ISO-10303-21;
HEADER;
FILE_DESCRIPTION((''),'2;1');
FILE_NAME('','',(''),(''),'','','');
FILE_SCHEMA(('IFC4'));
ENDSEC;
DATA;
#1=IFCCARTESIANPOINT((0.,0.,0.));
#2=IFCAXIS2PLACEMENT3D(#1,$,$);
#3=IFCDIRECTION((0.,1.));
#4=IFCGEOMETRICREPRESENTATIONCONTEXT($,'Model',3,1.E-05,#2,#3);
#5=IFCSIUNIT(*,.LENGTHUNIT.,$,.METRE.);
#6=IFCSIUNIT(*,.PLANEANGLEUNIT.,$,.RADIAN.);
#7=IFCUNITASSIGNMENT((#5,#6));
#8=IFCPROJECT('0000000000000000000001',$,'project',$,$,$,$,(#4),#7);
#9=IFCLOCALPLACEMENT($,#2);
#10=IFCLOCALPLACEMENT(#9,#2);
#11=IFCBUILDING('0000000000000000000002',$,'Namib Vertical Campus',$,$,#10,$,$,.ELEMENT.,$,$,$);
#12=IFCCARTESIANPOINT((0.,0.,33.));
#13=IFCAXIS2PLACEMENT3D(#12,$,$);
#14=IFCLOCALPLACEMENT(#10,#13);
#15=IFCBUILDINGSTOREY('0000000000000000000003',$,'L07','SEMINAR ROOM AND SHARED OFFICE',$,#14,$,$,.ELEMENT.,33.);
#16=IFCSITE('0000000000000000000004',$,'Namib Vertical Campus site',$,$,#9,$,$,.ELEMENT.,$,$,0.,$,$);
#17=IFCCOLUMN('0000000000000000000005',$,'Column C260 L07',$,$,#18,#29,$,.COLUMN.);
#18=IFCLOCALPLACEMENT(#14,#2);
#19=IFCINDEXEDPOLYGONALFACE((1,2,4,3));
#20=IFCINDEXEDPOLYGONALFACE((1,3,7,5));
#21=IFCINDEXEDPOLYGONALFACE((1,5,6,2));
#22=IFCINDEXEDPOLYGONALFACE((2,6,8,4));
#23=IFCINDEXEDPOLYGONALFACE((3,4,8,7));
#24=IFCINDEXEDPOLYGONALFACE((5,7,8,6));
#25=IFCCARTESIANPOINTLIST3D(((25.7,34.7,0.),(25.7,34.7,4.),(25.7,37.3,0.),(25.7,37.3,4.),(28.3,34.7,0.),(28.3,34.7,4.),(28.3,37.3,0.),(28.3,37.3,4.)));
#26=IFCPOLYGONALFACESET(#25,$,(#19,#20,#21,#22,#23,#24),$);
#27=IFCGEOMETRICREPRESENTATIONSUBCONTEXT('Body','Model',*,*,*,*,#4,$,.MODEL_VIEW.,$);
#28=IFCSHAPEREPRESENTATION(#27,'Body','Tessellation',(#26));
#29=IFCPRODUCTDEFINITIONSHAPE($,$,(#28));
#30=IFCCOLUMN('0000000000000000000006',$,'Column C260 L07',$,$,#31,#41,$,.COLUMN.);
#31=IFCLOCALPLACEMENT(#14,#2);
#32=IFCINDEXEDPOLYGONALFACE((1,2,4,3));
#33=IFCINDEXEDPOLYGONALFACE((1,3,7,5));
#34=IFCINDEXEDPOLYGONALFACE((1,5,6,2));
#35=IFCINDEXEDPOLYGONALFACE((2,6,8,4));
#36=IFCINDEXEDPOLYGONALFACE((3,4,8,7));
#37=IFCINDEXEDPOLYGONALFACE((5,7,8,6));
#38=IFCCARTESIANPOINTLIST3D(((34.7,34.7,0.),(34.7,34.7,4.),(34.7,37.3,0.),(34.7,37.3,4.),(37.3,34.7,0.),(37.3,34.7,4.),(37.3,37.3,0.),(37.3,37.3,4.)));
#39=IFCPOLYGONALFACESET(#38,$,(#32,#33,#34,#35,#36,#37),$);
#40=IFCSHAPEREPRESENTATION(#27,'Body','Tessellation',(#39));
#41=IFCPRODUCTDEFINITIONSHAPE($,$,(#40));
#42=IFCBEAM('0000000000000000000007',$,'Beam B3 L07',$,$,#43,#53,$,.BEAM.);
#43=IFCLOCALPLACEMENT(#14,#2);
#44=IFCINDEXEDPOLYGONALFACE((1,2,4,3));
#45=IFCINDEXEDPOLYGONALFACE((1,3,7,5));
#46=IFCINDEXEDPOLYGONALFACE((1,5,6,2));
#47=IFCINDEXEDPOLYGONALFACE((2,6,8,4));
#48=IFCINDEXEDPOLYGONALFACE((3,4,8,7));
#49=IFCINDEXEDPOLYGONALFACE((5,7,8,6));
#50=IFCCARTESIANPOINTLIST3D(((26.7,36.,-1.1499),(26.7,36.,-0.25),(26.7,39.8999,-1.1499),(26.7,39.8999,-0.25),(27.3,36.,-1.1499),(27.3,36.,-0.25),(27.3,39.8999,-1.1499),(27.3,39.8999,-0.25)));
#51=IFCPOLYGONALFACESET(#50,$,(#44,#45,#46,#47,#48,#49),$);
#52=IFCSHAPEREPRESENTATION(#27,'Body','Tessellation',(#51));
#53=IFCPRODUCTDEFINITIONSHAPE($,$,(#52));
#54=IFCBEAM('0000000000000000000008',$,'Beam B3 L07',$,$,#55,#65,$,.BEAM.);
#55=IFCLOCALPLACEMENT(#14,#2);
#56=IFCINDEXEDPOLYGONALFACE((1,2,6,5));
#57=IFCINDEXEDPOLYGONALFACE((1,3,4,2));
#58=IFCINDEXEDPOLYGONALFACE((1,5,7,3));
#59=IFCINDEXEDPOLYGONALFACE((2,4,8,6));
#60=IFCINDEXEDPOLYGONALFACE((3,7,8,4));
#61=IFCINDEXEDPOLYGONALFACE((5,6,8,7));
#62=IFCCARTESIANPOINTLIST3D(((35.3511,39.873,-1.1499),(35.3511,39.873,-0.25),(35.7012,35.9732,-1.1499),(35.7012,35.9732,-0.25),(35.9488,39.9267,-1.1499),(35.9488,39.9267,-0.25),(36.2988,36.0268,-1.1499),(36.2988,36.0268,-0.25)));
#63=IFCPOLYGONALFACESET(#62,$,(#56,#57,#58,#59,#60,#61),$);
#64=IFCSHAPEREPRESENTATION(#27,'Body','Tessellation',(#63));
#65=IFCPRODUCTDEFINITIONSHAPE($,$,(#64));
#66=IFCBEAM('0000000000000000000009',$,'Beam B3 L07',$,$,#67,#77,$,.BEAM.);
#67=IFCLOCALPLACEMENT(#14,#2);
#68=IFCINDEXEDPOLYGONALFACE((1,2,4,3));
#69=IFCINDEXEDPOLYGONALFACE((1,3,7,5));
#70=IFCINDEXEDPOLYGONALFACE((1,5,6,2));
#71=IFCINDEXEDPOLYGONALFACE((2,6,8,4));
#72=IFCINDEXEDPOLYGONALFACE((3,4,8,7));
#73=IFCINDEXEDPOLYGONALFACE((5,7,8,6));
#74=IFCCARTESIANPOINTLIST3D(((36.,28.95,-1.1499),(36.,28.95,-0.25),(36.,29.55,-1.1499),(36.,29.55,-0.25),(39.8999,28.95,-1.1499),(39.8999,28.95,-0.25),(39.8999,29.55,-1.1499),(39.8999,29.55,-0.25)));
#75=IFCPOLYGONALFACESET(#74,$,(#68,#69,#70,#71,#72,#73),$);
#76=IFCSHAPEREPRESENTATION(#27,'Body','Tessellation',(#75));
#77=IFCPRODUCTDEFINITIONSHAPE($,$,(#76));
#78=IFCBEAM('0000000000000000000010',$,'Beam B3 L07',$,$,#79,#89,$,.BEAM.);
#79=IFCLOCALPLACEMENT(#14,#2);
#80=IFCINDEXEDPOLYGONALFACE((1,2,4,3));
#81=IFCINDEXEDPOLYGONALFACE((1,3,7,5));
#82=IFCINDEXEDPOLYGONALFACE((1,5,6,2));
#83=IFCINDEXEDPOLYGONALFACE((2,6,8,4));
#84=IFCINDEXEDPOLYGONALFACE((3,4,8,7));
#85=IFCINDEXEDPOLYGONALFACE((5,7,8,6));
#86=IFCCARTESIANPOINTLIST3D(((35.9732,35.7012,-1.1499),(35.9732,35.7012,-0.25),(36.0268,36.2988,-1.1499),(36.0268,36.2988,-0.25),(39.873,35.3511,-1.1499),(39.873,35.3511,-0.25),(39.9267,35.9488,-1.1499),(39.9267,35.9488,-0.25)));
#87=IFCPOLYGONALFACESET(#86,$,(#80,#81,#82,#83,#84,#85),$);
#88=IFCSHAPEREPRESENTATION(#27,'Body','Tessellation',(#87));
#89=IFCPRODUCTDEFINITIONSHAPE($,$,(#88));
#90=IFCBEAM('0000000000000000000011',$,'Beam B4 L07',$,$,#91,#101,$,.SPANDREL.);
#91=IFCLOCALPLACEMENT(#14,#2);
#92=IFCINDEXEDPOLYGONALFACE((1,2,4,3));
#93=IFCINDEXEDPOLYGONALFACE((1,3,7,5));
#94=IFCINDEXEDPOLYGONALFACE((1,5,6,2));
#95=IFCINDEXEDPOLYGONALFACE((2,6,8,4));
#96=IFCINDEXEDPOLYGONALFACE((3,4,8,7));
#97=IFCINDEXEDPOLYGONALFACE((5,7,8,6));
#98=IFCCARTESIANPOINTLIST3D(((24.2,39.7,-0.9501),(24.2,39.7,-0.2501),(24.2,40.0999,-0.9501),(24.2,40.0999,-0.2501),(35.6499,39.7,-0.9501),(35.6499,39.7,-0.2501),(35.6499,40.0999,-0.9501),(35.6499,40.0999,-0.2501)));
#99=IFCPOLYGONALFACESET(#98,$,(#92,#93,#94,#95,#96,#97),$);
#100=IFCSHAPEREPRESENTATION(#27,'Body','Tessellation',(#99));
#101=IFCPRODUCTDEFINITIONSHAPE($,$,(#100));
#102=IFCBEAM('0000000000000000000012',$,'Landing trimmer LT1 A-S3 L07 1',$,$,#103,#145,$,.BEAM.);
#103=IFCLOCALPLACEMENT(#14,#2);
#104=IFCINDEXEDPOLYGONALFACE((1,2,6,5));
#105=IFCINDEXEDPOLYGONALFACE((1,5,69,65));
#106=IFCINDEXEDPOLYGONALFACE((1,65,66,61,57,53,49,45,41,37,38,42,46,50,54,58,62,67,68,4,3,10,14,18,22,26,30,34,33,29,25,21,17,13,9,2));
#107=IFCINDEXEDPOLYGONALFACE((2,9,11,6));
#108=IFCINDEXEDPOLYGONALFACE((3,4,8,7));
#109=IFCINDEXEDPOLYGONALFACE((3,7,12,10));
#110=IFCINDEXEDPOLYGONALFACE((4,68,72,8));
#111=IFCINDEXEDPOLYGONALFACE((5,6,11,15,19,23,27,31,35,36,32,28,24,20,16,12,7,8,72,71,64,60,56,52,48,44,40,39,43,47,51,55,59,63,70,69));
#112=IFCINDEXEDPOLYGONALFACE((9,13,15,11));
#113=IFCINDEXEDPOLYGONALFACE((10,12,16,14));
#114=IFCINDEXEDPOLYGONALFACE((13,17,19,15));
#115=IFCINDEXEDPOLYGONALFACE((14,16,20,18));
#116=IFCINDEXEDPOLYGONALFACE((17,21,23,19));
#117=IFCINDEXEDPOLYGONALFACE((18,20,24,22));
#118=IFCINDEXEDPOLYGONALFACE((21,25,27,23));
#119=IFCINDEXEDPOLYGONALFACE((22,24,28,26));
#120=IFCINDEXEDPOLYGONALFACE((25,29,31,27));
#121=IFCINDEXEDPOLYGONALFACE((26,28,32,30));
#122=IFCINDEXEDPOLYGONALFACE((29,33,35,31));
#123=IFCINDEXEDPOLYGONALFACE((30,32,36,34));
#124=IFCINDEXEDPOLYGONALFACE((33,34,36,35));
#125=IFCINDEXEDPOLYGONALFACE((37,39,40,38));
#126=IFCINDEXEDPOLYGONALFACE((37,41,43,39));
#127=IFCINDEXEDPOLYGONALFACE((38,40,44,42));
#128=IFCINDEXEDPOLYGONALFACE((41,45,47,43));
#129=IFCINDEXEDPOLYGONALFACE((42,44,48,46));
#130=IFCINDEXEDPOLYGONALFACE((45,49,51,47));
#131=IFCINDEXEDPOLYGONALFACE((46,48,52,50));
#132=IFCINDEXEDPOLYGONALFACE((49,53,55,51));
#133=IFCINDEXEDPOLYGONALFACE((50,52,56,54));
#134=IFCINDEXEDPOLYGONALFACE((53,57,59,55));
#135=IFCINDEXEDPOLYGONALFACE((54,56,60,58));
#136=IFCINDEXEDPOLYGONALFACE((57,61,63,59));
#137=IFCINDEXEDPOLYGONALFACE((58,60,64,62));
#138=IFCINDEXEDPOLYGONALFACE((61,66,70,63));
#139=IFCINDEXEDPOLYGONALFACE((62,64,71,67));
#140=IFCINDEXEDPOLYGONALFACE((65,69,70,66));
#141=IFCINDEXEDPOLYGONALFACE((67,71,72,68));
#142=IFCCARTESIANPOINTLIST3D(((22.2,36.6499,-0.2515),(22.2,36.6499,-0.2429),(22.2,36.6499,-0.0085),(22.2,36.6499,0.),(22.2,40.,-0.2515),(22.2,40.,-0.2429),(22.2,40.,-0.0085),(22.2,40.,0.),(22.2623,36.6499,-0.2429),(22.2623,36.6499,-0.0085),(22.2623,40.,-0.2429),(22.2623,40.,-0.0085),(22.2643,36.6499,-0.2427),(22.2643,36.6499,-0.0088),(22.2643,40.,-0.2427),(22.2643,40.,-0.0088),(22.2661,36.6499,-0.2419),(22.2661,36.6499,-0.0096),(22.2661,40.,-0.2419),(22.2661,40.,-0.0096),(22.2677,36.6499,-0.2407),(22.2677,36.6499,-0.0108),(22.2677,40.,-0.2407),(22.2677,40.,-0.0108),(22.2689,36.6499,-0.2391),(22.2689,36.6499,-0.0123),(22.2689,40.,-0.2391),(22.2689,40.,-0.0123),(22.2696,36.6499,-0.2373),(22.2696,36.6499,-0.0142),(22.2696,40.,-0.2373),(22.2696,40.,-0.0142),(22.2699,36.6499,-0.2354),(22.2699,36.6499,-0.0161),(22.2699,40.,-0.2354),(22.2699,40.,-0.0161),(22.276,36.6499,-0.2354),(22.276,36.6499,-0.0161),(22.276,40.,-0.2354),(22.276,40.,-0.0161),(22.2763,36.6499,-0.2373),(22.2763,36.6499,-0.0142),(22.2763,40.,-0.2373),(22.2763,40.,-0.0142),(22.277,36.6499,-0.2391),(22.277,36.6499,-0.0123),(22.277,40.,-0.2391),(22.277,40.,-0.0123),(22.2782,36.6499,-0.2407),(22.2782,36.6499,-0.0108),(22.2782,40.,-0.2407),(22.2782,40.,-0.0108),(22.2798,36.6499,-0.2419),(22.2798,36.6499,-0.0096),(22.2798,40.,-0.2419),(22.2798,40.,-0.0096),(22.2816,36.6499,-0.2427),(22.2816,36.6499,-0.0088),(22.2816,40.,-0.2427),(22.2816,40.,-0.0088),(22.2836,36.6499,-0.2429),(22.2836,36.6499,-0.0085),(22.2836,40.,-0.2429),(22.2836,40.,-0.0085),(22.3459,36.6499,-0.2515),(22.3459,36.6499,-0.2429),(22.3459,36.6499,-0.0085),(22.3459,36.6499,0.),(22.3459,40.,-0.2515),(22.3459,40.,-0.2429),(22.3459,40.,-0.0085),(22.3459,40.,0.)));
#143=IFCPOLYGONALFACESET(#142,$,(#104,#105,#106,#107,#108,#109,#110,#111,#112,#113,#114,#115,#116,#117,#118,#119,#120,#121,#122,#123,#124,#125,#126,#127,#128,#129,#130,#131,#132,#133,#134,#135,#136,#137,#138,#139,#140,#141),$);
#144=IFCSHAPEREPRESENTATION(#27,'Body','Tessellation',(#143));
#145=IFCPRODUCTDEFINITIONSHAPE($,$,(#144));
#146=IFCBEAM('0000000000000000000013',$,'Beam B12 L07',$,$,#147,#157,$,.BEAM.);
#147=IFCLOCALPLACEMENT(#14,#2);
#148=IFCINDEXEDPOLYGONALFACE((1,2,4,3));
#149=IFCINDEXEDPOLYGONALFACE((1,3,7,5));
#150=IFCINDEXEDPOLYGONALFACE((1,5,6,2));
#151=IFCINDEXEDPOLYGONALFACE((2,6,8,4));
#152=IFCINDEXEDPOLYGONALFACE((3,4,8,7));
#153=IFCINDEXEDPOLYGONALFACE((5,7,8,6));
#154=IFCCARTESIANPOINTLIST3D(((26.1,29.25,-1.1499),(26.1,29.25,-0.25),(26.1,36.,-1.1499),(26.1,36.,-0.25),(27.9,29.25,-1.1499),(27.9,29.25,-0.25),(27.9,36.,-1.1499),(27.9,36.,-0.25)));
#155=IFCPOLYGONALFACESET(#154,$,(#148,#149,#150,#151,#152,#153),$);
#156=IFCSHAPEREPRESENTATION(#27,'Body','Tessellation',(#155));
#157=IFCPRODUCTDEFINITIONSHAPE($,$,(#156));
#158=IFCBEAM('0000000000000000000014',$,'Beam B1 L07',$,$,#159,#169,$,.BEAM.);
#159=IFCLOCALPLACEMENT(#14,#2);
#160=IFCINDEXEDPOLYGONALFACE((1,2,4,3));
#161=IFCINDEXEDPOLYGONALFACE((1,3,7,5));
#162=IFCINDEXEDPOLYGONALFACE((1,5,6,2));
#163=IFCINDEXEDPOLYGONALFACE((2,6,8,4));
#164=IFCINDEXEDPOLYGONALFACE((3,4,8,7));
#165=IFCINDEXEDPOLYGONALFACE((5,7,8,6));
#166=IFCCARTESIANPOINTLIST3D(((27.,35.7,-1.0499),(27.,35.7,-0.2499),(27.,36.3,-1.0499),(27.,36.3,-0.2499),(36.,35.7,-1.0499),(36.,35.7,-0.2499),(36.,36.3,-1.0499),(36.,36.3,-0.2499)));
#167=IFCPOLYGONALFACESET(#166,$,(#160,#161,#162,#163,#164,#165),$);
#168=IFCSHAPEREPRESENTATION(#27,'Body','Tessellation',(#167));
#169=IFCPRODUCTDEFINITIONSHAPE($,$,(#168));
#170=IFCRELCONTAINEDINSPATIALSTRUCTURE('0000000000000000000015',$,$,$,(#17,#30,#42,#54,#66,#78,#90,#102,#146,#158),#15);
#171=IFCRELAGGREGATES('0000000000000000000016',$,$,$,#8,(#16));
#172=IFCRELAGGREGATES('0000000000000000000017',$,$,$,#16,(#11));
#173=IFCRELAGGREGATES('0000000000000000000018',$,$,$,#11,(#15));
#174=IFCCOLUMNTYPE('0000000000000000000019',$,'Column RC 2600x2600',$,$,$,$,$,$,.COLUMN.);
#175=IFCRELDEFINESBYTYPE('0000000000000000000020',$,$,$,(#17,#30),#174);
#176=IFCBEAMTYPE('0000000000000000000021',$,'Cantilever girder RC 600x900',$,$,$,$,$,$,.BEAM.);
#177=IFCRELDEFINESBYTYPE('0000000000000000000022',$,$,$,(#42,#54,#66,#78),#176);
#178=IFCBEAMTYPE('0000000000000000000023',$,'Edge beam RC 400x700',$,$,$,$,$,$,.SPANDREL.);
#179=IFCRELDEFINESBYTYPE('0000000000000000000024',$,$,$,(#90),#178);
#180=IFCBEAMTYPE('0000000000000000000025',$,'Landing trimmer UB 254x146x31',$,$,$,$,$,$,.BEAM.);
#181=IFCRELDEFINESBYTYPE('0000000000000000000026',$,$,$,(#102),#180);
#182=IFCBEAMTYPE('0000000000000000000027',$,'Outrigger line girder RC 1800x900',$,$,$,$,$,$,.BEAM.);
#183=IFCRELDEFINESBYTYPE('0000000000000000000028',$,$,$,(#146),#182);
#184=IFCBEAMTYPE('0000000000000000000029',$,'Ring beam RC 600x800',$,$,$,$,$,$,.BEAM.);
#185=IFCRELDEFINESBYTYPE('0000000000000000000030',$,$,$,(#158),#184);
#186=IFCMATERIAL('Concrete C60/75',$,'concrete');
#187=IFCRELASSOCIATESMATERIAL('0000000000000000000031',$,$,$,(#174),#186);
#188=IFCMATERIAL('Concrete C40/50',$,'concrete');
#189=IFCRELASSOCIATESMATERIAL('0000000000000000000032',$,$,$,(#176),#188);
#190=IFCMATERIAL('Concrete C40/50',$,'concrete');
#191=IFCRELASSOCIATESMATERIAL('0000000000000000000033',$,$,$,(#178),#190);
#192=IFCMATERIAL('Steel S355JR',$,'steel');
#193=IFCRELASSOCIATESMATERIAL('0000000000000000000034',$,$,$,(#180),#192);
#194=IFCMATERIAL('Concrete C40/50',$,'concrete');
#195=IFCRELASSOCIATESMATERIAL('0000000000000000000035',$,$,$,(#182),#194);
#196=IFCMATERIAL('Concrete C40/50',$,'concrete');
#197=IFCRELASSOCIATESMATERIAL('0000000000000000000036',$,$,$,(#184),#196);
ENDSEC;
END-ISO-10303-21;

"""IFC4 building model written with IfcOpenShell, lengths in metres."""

from ifc_helpers import new_model, si_unit, direction, frame, origin, origin_2d, place, context, subcontext, project, spatial, rectangle, i_section, extrude, material, material_profile, profile_set, type_object, element, save


model = new_model("IFC4")

# Units and contexts
model_context = context("Model", 3, precision=1e-05, world=origin(), true_north=direction((0.0, 1.0)))
body_context = subcontext(model_context, "Body", "Model", "MODEL_VIEW")
ifc_project = project(units=[si_unit("LENGTHUNIT", "METRE"), si_unit("PLANEANGLEUNIT", "RADIAN")], contexts=[model_context])

# Site, building, storey
site_placement = place(None, origin())
site = spatial("IfcSite", under=ifc_project, at=site_placement, Name="Namib Vertical Campus site", CompositionType="ELEMENT", RefElevation=0.0)
building_placement = place(site_placement, origin())
building = spatial("IfcBuilding", under=site, at=building_placement, Name="Namib Vertical Campus", CompositionType="ELEMENT")
storey_placement = place(building_placement, frame((0.0, 0.0, 33.0)))
storey = spatial("IfcBuildingStorey", under=building, at=storey_placement, Name="L07", Description="SEMINAR ROOM AND SHARED OFFICE", CompositionType="ELEMENT", Elevation=33.0)

# Columns
ifc_material_1 = material(Name="Concrete C60/75", Category="concrete")
ifc_material_profile_1 = material_profile(ifc_material_1, rectangle(XDim=2.6001, YDim=2.6001, at=origin_2d()))
ifc_profile_set_1 = profile_set([ifc_material_profile_1], Name="Concrete C60/75")
column_type = type_object("IfcColumnType", Name="Column RC 2600x2600", PredefinedType="COLUMN", material=ifc_profile_set_1)
for number, where, z_axis, x_axis, name in (
    (1, (27.0, 36.0, 0.0), (0.0, 0.0, 1.0), (1.0, 0.0, 0.0), "Column C260 L07"),
    (2, (36.0, 36.0, 0.0), (0.0, 0.0, 1.0), (1.0, 0.0, 0.0), "Column C260 L07"),
):
    element("IfcColumn", number, at=place(storey_placement, frame(where, z_axis=z_axis, x_axis=x_axis)), inside=storey, type_object=column_type, Name=name, PredefinedType="COLUMN", context=body_context, shape_type="SweptSolid", body=[
        extrude(rectangle(XDim=2.6001, YDim=2.6001, at=origin_2d()), origin(), (0.0, 0.0, 1.0), 4.0),
    ])

# Beams
ifc_material_2 = material(Name="Concrete C40/50", Category="concrete")
ifc_material_profile_2 = material_profile(ifc_material_2, rectangle(XDim=0.6001, YDim=0.8999, at=origin_2d()))
ifc_profile_set_2 = profile_set([ifc_material_profile_2], Name="Concrete C40/50")
beam_type_1 = type_object("IfcBeamType", Name="Cantilever girder RC 600x900", PredefinedType="BEAM", material=ifc_profile_set_2)
beam_1_placement = place(storey_placement, frame((27.0, 36.0, -0.7), z_axis=(0.0, 1.0, 0.0), x_axis=(-1.0, 0.0, 0.0)))
element("IfcBeam", 3, at=beam_1_placement, inside=storey, type_object=beam_type_1, Name="Beam B3 L07", PredefinedType="BEAM", context=body_context, shape_type="SweptSolid", body=[
    extrude(rectangle(XDim=0.6001, YDim=0.8999, at=origin_2d()), origin(), (0.0, 0.0, 1.0), 3.8999),
])
beam_2_placement = place(storey_placement, frame((36.0, 36.0, -0.7), z_axis=(-0.089411, 0.995995, 0.0), x_axis=(-0.995995, -0.089411, 0.0)))
element("IfcBeam", 4, at=beam_2_placement, inside=storey, type_object=beam_type_1, Name="Beam B3 L07", PredefinedType="BEAM", context=body_context, shape_type="SweptSolid", body=[
    extrude(rectangle(XDim=0.6001, YDim=0.8999, at=origin_2d()), origin(), (0.0, 0.0, 1.0), 3.9155),
])
beam_3_placement = place(storey_placement, frame((36.0, 29.25, -0.7), z_axis=(1.0, 0.0, 0.0), x_axis=(0.0, 1.0, 0.0)))
element("IfcBeam", 5, at=beam_3_placement, inside=storey, type_object=beam_type_1, Name="Beam B3 L07", PredefinedType="BEAM", context=body_context, shape_type="SweptSolid", body=[
    extrude(rectangle(XDim=0.6001, YDim=0.8999, at=origin_2d()), origin(), (0.0, 0.0, 1.0), 3.8999),
])
beam_4_placement = place(storey_placement, frame((36.0, 36.0, -0.7), z_axis=(0.995995, -0.089411, 0.0), x_axis=(0.089411, 0.995995, 0.0)))
element("IfcBeam", 6, at=beam_4_placement, inside=storey, type_object=beam_type_1, Name="Beam B3 L07", PredefinedType="BEAM", context=body_context, shape_type="SweptSolid", body=[
    extrude(rectangle(XDim=0.6001, YDim=0.8999, at=origin_2d()), origin(), (0.0, 0.0, 1.0), 3.9155),
])
ifc_material_3 = material(Name="Concrete C40/50", Category="concrete")
ifc_material_profile_3 = material_profile(ifc_material_3, rectangle(XDim=0.3999, YDim=0.7, at=origin_2d()))
ifc_profile_set_3 = profile_set([ifc_material_profile_3], Name="Concrete C40/50")
beam_type_2 = type_object("IfcBeamType", Name="Edge beam RC 400x700", PredefinedType="SPANDREL", material=ifc_profile_set_3)
beam_5_placement = place(storey_placement, frame((24.2, 39.8999, -0.6001), z_axis=(1.0, 0.0, 0.0), x_axis=(0.0, 1.0, 0.0)))
element("IfcBeam", 7, at=beam_5_placement, inside=storey, type_object=beam_type_2, Name="Beam B4 L07", PredefinedType="SPANDREL", context=body_context, shape_type="SweptSolid", body=[
    extrude(rectangle(XDim=0.3999, YDim=0.7, at=origin_2d()), origin(), (0.0, 0.0, 1.0), 11.45),
])
ifc_material_4 = material(Name="Steel S355JR", Category="steel")
ifc_material_profile_4 = material_profile(ifc_material_4, i_section(OverallWidth=0.146, OverallDepth=0.2515, WebThickness=0.0061, FlangeThickness=0.0085, FilletRadius=0.0076, at=origin_2d()))
ifc_profile_set_4 = profile_set([ifc_material_profile_4], Name="Steel S355JR")
beam_type_3 = type_object("IfcBeamType", Name="Landing trimmer UB 254x146x31", PredefinedType="BEAM", material=ifc_profile_set_4)
beam_6_placement = place(storey_placement, frame((22.2729, 36.6499, -0.1257), z_axis=(0.0, 1.0, 0.0), x_axis=(-1.0, 0.0, 0.0)))
element("IfcBeam", 8, at=beam_6_placement, inside=storey, type_object=beam_type_3, Name="Landing trimmer LT1 A-S3 L07 1", PredefinedType="BEAM", context=body_context, shape_type="SweptSolid", body=[
    extrude(i_section(OverallWidth=0.146, OverallDepth=0.2515, WebThickness=0.0061, FlangeThickness=0.0085, FilletRadius=0.0076, at=origin_2d()), origin(), (0.0, 0.0, 1.0), 3.3501),
])
ifc_material_5 = material(Name="Concrete C40/50", Category="concrete")
ifc_material_profile_5 = material_profile(ifc_material_5, rectangle(XDim=1.8, YDim=0.8999, at=origin_2d()))
ifc_profile_set_5 = profile_set([ifc_material_profile_5], Name="Concrete C40/50")
beam_type_4 = type_object("IfcBeamType", Name="Outrigger line girder RC 1800x900", PredefinedType="BEAM", material=ifc_profile_set_5)
beam_7_placement = place(storey_placement, frame((27.0, 36.0, -0.7), z_axis=(0.0, -1.0, 0.0), x_axis=(1.0, 0.0, 0.0)))
element("IfcBeam", 9, at=beam_7_placement, inside=storey, type_object=beam_type_4, Name="Beam B12 L07", PredefinedType="BEAM", context=body_context, shape_type="SweptSolid", body=[
    extrude(rectangle(XDim=1.8, YDim=0.8999, at=origin_2d()), origin(), (0.0, 0.0, 1.0), 6.75),
])
ifc_material_6 = material(Name="Concrete C40/50", Category="concrete")
ifc_material_profile_6 = material_profile(ifc_material_6, rectangle(XDim=0.6001, YDim=0.8, at=origin_2d()))
ifc_profile_set_6 = profile_set([ifc_material_profile_6], Name="Concrete C40/50")
beam_type_5 = type_object("IfcBeamType", Name="Ring beam RC 600x800", PredefinedType="BEAM", material=ifc_profile_set_6)
beam_8_placement = place(storey_placement, frame((27.0, 36.0, -0.6499), z_axis=(1.0, 0.0, 0.0), x_axis=(0.0, 1.0, 0.0)))
element("IfcBeam", 10, at=beam_8_placement, inside=storey, type_object=beam_type_5, Name="Beam B1 L07", PredefinedType="BEAM", context=body_context, shape_type="SweptSolid", body=[
    extrude(rectangle(XDim=0.6001, YDim=0.8, at=origin_2d()), origin(), (0.0, 0.0, 1.0), 9.0),
])

save(model, "model.ifc")
